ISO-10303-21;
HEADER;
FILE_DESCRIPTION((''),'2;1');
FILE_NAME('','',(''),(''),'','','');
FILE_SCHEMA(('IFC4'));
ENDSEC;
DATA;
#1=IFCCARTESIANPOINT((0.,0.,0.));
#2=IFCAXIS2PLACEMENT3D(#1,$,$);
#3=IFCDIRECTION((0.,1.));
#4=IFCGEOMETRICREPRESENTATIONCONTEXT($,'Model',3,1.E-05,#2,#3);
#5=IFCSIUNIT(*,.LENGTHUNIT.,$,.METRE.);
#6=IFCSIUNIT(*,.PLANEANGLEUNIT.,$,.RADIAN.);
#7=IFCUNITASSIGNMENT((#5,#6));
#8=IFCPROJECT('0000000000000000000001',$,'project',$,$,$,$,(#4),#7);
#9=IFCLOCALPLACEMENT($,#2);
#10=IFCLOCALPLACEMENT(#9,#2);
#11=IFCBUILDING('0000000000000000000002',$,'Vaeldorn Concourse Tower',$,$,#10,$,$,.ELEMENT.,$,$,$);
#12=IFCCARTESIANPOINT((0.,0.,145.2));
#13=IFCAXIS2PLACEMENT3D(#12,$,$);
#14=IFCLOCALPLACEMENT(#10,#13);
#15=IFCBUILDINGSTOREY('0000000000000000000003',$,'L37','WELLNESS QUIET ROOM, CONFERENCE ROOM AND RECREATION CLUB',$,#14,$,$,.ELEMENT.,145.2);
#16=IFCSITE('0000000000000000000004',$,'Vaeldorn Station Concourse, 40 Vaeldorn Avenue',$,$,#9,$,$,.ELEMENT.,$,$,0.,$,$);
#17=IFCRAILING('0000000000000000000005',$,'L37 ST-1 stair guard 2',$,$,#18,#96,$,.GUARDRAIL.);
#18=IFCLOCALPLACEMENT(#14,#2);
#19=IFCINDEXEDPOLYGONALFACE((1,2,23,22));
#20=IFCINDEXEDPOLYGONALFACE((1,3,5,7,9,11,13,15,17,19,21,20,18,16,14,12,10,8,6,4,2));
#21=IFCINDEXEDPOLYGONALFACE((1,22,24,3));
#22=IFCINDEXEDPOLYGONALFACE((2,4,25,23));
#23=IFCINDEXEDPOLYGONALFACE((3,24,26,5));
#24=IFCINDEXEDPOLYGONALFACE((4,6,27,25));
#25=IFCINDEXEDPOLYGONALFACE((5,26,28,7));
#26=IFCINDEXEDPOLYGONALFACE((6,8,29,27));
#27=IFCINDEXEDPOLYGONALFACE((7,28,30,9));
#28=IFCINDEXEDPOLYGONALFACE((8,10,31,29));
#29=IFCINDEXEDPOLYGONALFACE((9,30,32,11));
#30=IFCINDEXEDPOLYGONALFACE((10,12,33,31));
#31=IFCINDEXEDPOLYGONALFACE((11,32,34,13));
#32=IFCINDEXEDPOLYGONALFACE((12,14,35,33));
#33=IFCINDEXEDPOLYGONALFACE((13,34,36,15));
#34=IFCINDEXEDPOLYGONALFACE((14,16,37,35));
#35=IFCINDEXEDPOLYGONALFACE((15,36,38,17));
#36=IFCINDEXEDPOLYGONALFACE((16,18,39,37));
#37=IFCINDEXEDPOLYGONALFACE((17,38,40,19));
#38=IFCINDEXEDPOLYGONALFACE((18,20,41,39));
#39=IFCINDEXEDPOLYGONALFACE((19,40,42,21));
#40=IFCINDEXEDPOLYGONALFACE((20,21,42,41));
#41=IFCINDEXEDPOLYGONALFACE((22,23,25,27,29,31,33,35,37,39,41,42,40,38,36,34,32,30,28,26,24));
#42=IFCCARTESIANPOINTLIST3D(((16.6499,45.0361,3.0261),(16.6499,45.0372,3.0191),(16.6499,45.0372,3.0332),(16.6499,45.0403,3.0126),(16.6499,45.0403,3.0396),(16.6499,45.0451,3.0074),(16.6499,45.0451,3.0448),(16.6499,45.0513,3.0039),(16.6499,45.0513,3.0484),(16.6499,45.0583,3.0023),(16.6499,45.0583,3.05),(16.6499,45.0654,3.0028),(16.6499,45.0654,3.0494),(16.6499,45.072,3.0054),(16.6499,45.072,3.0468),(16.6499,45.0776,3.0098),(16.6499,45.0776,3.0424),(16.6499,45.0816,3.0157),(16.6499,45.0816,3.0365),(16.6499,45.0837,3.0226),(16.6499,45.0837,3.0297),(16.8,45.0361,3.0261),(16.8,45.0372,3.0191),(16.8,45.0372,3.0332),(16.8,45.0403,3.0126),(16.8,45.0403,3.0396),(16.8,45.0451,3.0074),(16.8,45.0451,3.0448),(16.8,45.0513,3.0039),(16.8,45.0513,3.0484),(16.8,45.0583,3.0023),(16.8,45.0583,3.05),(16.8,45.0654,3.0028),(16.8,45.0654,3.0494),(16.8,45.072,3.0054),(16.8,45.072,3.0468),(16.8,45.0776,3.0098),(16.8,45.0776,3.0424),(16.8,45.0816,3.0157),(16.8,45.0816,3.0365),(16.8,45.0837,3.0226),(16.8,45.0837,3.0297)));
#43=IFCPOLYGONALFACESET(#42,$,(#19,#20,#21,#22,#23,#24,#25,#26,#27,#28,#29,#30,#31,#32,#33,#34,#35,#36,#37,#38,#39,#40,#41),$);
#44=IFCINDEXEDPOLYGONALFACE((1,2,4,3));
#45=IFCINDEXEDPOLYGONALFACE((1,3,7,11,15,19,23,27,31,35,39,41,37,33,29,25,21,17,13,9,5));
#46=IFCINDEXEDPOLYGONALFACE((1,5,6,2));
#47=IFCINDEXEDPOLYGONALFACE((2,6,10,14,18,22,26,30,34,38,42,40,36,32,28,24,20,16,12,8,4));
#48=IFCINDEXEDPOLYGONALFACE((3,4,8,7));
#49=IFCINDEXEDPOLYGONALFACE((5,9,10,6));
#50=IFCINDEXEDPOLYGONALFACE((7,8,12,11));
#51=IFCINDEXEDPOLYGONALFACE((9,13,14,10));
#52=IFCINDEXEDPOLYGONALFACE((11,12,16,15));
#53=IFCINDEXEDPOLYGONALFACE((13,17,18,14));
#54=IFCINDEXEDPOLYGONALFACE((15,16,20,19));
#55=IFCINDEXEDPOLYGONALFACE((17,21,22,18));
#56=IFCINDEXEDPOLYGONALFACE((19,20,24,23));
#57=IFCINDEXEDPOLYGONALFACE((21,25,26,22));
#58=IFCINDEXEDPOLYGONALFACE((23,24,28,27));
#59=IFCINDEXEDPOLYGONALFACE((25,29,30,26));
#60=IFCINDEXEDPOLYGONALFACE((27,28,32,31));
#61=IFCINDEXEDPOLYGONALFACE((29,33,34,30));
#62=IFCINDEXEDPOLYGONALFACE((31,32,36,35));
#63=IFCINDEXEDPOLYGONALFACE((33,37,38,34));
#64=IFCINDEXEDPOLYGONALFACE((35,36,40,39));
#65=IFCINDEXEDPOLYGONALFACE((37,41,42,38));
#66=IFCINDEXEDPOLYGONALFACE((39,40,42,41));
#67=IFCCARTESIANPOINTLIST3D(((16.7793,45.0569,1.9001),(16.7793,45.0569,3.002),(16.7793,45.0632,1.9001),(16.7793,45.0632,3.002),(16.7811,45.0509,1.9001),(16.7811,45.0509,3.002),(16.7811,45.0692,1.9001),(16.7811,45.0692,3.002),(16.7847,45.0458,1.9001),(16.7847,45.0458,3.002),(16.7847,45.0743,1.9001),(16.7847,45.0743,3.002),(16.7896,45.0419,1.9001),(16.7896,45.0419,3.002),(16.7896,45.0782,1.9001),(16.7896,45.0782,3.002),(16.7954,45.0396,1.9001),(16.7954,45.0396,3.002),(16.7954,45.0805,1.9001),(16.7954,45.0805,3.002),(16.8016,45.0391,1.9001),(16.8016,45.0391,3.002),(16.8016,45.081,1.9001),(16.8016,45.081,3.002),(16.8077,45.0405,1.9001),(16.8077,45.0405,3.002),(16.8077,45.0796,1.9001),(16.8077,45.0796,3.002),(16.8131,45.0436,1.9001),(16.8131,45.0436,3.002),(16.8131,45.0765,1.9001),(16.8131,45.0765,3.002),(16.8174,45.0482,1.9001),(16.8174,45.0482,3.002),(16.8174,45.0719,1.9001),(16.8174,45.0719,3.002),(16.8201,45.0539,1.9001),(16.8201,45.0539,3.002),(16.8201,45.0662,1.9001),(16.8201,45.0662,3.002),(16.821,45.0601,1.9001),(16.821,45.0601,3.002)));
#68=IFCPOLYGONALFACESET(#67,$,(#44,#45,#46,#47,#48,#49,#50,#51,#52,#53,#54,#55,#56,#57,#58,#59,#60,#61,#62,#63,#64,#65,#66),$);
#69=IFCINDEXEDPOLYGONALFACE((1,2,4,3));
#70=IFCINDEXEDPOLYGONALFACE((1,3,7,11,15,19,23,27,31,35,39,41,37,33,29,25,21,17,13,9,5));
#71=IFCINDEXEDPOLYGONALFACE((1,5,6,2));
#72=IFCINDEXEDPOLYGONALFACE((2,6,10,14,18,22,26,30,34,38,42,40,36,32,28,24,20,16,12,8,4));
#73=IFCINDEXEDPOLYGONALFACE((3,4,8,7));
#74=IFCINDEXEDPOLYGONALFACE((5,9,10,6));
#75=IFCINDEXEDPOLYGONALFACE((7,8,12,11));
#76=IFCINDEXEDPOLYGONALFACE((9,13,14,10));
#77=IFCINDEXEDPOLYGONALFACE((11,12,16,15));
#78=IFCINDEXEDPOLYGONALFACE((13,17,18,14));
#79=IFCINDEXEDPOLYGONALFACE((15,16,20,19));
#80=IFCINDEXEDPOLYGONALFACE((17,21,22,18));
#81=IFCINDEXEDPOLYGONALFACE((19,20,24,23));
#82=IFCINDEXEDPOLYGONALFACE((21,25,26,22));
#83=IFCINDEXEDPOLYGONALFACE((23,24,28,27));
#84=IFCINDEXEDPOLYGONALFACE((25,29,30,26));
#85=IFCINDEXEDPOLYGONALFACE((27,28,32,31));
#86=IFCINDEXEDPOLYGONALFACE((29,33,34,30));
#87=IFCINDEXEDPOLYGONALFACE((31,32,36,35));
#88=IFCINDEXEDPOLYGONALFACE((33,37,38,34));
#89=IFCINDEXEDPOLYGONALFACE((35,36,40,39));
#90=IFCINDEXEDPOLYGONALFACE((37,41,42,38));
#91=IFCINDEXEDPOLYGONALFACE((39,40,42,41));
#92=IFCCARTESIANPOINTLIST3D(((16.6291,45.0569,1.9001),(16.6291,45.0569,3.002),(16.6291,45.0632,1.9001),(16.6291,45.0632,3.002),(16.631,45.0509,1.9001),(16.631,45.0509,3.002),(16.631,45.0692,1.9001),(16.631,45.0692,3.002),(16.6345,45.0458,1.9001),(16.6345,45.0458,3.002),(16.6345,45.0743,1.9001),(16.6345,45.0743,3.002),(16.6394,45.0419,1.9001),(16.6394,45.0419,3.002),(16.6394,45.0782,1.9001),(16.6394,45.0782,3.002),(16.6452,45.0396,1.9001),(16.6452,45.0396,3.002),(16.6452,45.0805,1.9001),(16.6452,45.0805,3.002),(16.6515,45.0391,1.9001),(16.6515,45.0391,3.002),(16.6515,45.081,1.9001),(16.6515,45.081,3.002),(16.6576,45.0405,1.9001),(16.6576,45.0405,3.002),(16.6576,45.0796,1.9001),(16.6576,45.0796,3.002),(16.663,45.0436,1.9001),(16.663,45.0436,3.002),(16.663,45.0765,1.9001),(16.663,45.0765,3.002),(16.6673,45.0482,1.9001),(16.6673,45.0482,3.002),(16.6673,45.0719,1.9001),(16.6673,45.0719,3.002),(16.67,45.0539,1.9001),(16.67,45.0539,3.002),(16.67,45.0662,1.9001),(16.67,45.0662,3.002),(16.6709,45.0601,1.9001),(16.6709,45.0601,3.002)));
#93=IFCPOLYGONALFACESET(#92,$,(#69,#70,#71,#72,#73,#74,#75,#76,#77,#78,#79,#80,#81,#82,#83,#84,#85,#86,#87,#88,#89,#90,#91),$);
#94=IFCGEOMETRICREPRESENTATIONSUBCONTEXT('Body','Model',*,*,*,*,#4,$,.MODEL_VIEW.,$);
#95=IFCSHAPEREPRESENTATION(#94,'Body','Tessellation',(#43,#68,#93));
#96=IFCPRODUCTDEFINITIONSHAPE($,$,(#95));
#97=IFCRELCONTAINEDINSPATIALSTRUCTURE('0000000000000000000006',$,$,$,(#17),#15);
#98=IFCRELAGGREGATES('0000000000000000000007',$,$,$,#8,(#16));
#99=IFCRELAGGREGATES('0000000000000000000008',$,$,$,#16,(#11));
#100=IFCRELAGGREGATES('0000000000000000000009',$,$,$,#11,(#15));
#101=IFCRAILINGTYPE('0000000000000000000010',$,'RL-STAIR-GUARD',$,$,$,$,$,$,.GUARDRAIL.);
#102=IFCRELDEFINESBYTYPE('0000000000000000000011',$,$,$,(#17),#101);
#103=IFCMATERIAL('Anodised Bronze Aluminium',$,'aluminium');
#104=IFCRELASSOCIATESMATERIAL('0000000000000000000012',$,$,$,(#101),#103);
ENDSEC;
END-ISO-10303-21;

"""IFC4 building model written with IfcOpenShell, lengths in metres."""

from ifc_helpers import new_model, si_unit, direction, frame, origin, origin_2d, place, context, subcontext, project, spatial, circle, extrude, material, type_object, element, save


model = new_model("IFC4")

# Units and contexts
model_context = context("Model", 3, precision=1e-05, world=origin(), true_north=direction((0.0, 1.0)))
body_context = subcontext(model_context, "Body", "Model", "MODEL_VIEW")
ifc_project = project(units=[si_unit("LENGTHUNIT", "METRE"), si_unit("PLANEANGLEUNIT", "RADIAN")], contexts=[model_context])

# Site, building, storey
site_placement = place(None, origin())
site = spatial("IfcSite", under=ifc_project, at=site_placement, Name="Vaeldorn Station Concourse, 40 Vaeldorn Avenue", CompositionType="ELEMENT", RefElevation=0.0)
building_placement = place(site_placement, origin())
building = spatial("IfcBuilding", under=site, at=building_placement, Name="Vaeldorn Concourse Tower", CompositionType="ELEMENT")
storey_placement = place(building_placement, frame((0.0, 0.0, 145.2)))
storey = spatial("IfcBuildingStorey", under=building, at=storey_placement, Name="L37", Description="WELLNESS QUIET ROOM, CONFERENCE ROOM AND RECREATION CLUB", CompositionType="ELEMENT", Elevation=145.2)

# Shared definitions
ifc_material_1 = material(Name="Anodised Bronze Aluminium", Category="aluminium")

# Railing
railing_type_1 = type_object("IfcRailingType", Name="RL-STAIR-GUARD", PredefinedType="GUARDRAIL", material=ifc_material_1)
railing_1_placement = place(storey_placement, frame((16.8, 45.0601, 1.9001)))
element("IfcRailing", 1, at=railing_1_placement, inside=storey, type_object=railing_type_1, Name="L37 ST-1 stair guard 2", PredefinedType="GUARDRAIL", context=body_context, shape_type="SweptSolid", body=[
    extrude(circle(Radius=0.0239, at=origin_2d()), frame((0.0, 0.0, 1.126), z_axis=(-1.0, 0.0, 0.0), x_axis=(0.0, -1.0, 0.0)), (0.0, 0.0, 1.0), 0.1501),
    extrude(circle(Radius=0.021, at=origin_2d()), origin(), (0.0, 0.0, 1.0), 1.1018),
    extrude(circle(Radius=0.021, at=origin_2d()), frame((-0.1501, 0.0, 0.0)), (0.0, 0.0, 1.0), 1.1018),
])

save(model, "model.ifc")
